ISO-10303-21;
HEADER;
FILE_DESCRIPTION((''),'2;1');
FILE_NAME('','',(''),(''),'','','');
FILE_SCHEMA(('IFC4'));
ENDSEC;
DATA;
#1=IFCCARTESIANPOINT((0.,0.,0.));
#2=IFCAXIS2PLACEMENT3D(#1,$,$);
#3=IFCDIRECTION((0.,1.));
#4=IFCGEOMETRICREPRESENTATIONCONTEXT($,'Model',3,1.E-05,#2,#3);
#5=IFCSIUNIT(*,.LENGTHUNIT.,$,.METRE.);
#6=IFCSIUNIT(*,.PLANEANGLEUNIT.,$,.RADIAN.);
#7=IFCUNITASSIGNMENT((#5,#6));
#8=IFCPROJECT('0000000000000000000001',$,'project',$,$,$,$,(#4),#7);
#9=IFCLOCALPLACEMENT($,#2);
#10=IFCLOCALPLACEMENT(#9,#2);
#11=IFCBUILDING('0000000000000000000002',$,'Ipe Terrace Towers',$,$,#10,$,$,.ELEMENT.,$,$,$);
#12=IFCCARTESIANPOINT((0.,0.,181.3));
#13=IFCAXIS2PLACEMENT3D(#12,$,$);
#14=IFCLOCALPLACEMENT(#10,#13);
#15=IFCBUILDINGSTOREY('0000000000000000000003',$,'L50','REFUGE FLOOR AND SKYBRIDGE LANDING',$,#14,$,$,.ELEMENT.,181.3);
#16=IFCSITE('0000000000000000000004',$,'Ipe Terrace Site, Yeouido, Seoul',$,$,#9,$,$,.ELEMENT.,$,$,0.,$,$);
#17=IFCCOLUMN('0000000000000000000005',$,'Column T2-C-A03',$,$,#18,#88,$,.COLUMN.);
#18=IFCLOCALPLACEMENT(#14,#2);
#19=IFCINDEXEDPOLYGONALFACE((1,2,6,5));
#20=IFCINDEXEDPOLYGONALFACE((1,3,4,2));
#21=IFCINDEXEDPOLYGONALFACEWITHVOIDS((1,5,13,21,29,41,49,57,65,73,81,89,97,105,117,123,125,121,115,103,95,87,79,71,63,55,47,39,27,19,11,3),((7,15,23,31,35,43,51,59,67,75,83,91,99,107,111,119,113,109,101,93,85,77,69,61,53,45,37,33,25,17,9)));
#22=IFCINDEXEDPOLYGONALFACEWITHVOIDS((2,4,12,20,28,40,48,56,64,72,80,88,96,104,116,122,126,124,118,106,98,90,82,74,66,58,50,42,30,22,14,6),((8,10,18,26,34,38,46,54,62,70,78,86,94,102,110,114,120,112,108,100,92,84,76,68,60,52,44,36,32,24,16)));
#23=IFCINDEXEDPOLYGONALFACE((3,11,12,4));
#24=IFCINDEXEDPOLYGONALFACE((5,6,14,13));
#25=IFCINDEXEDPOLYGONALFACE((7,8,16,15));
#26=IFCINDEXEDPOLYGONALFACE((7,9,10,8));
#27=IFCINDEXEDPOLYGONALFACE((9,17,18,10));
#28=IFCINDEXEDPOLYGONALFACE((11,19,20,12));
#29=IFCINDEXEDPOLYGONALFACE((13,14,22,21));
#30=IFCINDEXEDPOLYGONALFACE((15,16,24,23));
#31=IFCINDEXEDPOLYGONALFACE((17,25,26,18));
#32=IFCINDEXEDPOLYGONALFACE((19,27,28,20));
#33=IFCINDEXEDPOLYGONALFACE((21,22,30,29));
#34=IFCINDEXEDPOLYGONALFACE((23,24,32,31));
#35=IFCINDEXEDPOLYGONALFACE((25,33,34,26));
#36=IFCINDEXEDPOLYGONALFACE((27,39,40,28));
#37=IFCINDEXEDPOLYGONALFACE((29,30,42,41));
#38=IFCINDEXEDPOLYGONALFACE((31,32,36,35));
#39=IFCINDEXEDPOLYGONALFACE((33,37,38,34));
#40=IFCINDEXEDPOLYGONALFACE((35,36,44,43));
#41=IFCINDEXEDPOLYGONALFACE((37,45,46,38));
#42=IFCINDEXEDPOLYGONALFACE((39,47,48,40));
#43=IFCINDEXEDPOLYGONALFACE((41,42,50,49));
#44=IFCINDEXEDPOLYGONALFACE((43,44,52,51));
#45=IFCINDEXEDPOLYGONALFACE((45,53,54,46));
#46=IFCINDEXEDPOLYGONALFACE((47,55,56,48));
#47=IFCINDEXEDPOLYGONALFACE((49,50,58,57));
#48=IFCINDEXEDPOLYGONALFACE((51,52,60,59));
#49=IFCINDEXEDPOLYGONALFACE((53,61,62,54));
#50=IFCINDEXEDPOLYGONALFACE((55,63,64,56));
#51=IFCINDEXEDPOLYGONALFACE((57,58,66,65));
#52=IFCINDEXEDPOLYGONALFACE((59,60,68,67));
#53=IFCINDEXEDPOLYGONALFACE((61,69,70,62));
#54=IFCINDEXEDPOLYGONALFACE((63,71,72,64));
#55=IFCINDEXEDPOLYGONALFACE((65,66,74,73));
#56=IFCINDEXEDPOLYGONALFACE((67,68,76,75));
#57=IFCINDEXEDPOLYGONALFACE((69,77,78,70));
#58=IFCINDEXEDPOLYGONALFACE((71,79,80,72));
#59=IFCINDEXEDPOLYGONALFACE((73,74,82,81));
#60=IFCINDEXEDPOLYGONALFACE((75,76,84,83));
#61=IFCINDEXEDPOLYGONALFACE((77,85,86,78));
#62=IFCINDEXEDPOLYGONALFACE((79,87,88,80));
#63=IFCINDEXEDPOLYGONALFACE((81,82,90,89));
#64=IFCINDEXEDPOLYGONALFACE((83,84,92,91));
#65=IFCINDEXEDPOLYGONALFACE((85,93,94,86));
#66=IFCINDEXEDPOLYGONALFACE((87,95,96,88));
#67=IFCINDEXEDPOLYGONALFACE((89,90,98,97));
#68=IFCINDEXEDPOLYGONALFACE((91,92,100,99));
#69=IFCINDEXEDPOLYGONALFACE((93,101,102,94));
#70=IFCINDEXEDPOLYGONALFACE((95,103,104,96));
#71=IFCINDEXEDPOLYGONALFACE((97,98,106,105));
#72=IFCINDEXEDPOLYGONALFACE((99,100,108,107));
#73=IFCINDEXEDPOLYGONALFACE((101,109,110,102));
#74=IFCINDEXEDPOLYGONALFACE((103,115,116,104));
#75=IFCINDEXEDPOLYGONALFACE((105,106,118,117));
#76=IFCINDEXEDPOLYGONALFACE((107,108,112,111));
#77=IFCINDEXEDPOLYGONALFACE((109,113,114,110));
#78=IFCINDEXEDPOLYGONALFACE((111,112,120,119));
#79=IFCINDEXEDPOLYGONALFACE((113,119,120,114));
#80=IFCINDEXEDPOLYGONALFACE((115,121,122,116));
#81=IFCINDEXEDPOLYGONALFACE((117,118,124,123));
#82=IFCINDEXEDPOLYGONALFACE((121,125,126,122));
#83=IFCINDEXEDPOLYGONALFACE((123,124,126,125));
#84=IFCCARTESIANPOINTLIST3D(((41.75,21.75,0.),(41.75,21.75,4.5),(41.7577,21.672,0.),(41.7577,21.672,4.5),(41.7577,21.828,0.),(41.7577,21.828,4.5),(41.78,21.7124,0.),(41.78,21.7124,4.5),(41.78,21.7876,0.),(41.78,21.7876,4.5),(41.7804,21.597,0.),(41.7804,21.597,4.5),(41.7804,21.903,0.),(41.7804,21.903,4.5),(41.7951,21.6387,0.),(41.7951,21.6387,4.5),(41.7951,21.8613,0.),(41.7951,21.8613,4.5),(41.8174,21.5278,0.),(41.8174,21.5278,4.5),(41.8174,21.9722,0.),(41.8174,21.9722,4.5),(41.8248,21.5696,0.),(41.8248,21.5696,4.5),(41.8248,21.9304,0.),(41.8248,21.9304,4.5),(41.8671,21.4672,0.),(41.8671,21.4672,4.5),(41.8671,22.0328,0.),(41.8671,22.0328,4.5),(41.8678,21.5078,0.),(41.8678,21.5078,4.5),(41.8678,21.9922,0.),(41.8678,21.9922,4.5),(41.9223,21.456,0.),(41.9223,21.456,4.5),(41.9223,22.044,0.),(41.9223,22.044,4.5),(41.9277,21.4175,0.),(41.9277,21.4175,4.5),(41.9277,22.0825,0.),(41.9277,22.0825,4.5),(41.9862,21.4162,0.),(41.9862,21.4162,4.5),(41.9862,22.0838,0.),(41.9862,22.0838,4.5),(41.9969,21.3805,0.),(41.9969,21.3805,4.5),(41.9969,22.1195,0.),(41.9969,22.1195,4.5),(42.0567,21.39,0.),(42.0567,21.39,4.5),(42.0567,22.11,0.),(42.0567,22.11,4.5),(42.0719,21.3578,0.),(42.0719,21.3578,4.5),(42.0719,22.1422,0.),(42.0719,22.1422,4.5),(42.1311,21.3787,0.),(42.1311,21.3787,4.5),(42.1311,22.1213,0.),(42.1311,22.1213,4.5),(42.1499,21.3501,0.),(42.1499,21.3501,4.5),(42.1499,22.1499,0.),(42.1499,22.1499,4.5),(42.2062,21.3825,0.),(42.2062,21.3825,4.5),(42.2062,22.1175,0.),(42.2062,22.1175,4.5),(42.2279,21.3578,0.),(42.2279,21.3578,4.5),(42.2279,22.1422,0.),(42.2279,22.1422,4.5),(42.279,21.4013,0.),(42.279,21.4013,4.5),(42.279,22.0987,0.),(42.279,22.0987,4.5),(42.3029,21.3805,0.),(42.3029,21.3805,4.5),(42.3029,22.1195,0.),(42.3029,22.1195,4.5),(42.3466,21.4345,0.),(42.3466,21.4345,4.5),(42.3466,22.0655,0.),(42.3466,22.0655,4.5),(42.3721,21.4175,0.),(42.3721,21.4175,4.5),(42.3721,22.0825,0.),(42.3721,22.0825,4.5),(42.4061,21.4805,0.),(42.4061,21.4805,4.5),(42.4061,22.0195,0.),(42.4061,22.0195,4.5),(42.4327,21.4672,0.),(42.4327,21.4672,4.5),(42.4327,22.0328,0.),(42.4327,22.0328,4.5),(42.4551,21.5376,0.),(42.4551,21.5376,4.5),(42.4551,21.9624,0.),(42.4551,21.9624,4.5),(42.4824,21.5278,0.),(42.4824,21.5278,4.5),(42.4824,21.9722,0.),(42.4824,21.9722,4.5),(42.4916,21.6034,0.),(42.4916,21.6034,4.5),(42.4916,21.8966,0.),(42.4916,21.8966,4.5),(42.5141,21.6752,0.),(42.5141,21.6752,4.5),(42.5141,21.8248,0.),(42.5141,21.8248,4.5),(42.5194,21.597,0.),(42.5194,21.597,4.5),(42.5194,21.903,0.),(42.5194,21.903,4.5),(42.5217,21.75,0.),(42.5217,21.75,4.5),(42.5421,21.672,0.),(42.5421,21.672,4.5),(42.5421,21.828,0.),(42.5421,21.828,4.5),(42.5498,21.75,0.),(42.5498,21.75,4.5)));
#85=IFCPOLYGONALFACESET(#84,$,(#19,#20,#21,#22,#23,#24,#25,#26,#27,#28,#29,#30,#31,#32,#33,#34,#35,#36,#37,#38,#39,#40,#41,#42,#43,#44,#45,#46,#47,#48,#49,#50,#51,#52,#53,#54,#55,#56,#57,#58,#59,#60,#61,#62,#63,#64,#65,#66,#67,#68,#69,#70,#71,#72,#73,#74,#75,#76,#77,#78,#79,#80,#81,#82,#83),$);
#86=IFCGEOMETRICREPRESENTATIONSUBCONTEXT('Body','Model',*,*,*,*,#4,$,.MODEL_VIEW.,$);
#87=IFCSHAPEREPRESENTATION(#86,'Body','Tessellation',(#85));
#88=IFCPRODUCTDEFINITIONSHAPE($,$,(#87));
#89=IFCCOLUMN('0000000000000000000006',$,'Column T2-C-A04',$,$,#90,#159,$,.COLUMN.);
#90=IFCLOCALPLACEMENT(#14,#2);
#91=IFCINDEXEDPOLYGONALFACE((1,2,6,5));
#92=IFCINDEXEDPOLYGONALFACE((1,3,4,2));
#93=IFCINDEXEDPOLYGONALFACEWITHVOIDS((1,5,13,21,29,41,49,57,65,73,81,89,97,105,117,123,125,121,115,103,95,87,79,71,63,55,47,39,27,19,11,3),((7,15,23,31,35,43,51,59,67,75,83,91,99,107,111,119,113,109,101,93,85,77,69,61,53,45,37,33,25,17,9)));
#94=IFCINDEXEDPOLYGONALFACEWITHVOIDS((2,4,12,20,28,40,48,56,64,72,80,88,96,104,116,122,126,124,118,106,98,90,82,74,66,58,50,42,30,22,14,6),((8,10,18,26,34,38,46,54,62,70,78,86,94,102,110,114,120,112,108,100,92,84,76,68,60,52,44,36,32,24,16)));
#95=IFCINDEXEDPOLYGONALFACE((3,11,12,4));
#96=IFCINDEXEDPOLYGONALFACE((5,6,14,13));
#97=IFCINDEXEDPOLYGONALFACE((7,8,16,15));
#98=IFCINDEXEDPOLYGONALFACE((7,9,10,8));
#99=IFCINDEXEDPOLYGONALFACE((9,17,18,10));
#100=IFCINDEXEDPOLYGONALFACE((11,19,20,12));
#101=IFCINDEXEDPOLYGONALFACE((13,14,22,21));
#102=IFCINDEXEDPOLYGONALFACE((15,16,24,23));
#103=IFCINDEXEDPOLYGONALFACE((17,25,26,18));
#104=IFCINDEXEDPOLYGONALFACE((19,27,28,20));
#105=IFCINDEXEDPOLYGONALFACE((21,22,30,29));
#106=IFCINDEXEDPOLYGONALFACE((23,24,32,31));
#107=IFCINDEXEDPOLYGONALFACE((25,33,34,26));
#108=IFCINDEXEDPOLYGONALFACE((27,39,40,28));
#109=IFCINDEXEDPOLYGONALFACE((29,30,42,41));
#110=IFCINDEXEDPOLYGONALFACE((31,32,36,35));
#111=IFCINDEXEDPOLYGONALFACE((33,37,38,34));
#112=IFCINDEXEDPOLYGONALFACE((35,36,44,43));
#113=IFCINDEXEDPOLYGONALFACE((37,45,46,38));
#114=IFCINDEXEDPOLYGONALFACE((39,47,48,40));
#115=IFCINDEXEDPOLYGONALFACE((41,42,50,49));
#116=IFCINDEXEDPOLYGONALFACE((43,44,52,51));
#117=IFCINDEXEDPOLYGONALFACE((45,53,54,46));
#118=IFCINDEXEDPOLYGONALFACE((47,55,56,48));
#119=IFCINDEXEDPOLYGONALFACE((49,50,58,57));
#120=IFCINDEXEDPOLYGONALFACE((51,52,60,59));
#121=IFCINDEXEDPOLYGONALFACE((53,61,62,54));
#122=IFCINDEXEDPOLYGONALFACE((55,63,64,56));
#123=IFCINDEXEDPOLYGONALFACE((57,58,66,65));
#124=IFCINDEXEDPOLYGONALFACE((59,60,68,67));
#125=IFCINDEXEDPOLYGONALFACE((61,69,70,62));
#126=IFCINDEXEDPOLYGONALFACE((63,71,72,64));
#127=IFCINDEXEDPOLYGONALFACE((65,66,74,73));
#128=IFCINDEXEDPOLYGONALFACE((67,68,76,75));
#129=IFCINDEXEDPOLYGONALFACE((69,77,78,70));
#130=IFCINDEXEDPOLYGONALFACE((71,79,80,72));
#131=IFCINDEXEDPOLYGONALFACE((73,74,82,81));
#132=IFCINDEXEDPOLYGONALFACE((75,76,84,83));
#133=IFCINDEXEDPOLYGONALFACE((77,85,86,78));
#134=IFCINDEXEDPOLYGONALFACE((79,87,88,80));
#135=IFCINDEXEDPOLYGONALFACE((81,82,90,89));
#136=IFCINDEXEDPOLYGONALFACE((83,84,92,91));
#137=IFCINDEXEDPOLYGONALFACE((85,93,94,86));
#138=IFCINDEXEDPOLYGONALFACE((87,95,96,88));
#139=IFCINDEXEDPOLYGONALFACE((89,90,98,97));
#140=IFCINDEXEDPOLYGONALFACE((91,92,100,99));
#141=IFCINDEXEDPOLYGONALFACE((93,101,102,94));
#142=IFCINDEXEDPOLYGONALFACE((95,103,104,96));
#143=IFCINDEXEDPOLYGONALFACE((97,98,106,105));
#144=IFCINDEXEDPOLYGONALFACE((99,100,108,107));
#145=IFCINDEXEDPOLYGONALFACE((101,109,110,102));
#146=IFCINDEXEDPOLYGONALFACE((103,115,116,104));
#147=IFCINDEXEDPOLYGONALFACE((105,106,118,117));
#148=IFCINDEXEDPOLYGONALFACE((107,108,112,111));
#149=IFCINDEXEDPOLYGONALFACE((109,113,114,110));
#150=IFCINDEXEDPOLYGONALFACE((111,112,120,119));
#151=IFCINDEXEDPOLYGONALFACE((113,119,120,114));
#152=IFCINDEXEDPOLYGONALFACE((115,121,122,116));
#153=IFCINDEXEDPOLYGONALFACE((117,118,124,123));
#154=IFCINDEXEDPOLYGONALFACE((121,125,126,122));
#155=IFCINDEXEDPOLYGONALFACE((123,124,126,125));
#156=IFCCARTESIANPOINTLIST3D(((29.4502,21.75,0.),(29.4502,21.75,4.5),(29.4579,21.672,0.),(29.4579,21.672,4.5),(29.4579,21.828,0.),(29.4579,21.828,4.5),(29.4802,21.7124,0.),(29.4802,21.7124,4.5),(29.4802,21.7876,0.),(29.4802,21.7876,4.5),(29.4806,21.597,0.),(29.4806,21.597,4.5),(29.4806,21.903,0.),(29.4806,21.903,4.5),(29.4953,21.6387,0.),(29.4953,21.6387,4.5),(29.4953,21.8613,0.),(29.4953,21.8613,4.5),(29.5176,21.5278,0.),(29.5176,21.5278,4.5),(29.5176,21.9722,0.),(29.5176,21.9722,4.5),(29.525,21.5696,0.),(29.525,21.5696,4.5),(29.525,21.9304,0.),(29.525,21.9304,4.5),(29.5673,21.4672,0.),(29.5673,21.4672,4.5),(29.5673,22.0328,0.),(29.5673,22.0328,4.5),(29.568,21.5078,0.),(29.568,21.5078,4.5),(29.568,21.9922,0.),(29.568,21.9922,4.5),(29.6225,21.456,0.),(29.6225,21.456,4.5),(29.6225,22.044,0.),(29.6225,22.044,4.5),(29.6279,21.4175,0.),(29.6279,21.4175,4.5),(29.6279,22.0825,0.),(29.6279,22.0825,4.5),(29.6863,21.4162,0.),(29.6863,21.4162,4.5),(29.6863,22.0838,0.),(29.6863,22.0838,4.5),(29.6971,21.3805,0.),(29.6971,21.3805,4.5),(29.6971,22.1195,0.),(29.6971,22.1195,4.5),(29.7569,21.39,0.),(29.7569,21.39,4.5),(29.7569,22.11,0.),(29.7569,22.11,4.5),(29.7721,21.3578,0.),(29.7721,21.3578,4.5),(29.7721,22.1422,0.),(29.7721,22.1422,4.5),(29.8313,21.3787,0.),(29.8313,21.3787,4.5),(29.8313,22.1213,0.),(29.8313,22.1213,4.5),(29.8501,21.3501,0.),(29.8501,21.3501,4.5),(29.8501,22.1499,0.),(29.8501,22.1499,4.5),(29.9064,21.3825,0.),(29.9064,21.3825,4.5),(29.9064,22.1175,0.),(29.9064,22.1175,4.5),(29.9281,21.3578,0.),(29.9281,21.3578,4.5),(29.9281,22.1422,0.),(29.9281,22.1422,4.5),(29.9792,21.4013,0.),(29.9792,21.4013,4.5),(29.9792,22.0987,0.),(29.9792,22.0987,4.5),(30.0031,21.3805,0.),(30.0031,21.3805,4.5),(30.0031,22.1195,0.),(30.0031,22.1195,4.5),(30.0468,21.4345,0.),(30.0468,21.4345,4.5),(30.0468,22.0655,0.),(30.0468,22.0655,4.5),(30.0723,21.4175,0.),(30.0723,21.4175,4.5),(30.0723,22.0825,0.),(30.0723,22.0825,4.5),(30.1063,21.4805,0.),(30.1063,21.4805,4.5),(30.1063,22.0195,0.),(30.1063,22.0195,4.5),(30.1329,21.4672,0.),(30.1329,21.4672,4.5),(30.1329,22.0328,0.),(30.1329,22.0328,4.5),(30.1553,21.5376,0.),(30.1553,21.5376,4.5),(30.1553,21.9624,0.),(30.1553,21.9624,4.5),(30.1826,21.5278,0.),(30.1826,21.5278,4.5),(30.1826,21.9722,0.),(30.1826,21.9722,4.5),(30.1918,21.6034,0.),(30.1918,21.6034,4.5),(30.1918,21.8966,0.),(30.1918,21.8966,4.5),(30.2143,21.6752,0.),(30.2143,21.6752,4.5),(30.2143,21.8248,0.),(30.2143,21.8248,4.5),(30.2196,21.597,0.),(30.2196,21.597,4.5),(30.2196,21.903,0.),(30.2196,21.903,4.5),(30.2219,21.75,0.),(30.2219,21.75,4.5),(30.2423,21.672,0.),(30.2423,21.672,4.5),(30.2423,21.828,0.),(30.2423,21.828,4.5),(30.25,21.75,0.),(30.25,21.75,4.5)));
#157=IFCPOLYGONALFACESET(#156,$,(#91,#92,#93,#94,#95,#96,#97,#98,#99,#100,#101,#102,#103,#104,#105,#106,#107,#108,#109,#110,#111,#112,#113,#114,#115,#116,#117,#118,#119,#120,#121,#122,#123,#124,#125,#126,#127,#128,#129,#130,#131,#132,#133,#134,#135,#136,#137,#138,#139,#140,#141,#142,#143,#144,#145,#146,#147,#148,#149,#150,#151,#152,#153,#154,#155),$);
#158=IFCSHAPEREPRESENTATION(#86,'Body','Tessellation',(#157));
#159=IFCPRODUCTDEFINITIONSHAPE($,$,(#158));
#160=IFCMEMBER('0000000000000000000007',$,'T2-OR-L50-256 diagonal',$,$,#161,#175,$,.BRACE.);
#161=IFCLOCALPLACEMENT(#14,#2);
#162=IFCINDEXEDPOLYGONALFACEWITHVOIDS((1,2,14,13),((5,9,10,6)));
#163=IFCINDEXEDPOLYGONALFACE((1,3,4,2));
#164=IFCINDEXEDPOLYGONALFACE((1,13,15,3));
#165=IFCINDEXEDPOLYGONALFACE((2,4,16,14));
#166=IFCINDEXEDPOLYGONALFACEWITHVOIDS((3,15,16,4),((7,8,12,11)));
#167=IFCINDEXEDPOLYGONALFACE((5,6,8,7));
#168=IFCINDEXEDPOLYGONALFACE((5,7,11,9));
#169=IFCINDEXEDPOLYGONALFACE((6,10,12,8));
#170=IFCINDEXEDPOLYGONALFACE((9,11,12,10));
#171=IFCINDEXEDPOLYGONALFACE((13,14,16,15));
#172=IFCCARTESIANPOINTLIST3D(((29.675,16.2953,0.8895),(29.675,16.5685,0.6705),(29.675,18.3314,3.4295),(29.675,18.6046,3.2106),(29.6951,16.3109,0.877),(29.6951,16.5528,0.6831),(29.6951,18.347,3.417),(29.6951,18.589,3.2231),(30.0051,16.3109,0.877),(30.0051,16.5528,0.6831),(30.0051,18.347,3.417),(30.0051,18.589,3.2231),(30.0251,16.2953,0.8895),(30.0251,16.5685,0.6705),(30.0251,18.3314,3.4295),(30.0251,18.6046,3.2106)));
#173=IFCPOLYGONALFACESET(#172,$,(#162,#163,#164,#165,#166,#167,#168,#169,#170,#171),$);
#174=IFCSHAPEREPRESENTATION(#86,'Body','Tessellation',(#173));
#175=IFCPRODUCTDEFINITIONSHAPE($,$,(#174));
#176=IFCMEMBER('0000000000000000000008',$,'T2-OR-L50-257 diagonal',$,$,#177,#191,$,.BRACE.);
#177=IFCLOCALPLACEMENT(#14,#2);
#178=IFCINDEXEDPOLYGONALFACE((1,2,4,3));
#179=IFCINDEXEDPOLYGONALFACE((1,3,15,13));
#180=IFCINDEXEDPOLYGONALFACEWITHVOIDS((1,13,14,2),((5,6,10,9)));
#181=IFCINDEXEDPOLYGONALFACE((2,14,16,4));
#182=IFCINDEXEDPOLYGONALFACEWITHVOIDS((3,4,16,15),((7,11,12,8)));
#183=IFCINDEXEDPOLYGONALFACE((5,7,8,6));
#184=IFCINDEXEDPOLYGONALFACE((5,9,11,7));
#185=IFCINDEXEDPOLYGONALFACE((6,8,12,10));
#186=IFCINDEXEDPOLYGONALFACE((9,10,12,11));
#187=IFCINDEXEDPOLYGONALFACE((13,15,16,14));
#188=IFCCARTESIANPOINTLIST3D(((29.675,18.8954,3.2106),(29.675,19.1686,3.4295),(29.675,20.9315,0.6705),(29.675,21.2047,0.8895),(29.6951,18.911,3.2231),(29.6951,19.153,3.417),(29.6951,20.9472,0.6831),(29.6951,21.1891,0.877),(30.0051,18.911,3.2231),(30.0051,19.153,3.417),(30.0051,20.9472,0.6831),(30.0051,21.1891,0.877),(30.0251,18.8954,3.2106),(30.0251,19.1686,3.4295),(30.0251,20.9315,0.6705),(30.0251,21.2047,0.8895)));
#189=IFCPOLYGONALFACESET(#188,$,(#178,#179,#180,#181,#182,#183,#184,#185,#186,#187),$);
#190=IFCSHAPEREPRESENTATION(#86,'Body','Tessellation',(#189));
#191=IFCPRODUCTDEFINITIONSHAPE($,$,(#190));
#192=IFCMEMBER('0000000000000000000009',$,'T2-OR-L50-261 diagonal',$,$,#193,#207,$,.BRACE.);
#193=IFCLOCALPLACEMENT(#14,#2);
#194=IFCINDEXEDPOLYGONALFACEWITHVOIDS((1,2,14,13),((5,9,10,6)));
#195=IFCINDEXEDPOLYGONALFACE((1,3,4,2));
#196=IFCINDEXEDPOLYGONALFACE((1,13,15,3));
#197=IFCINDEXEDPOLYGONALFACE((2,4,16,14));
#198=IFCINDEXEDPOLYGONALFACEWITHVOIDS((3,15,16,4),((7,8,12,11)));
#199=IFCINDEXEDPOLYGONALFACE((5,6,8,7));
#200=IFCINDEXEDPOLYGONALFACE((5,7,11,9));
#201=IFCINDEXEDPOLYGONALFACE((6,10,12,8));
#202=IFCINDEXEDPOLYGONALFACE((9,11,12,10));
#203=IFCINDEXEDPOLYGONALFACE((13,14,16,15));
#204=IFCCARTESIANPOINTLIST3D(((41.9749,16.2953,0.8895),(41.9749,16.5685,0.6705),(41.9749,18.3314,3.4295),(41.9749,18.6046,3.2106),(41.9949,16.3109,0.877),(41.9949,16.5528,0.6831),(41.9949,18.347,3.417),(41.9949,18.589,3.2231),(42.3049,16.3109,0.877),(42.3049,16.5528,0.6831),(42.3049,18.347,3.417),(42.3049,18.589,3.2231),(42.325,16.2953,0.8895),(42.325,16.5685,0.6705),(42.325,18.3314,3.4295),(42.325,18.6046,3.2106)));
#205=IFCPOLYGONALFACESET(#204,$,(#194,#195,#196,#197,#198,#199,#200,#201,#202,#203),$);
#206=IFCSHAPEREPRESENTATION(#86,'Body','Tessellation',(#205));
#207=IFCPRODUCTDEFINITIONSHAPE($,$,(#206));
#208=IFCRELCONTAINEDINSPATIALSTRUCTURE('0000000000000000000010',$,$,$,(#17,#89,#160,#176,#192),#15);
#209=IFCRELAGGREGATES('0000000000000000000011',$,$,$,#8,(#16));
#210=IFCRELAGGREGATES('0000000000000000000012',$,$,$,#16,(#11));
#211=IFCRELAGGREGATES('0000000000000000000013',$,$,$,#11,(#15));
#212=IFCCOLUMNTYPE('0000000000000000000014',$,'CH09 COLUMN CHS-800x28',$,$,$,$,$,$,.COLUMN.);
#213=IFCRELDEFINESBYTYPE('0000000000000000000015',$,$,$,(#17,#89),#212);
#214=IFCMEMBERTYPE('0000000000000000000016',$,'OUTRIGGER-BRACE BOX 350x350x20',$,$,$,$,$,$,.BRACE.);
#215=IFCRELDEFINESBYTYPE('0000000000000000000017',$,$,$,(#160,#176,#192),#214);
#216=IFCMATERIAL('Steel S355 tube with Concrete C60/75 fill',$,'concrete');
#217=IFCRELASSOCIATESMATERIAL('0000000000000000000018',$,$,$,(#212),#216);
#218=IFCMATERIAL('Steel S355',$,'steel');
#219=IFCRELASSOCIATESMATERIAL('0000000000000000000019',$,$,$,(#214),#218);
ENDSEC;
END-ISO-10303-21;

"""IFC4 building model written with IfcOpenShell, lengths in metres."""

from ifc_helpers import new_model, si_unit, direction, frame, origin, origin_2d, place, context, subcontext, project, spatial, hollow_rectangle, hollow_circle, extrude, material, material_profile, profile_set, type_object, element, save


model = new_model("IFC4")

# Units and contexts
model_context = context("Model", 3, precision=1e-05, world=origin(), true_north=direction((0.0, 1.0)))
body_context = subcontext(model_context, "Body", "Model", "MODEL_VIEW")
ifc_project = project(units=[si_unit("LENGTHUNIT", "METRE"), si_unit("PLANEANGLEUNIT", "RADIAN")], contexts=[model_context])

# Site, building, storey
site_placement = place(None, origin())
site = spatial("IfcSite", under=ifc_project, at=site_placement, Name="Ipe Terrace Site, Yeouido, Seoul", CompositionType="ELEMENT", RefElevation=0.0)
building_placement = place(site_placement, origin())
building = spatial("IfcBuilding", under=site, at=building_placement, Name="Ipe Terrace Towers", CompositionType="ELEMENT")
storey_placement = place(building_placement, frame((0.0, 0.0, 181.3)))
storey = spatial("IfcBuildingStorey", under=building, at=storey_placement, Name="L50", Description="REFUGE FLOOR AND SKYBRIDGE LANDING", CompositionType="ELEMENT", Elevation=181.3)

# Columns
ifc_material_1 = material(Name="Steel S355 tube with Concrete C60/75 fill", Category="concrete")
ifc_material_profile_1 = material_profile(ifc_material_1, hollow_circle(Radius=0.3999, WallThickness=0.0281, at=origin_2d()), Name="CHS-800x28")
ifc_profile_set_1 = profile_set([ifc_material_profile_1], Name="Steel S355 tube with Concrete C60/75 fill")
column_type = type_object("IfcColumnType", Name="CH09 COLUMN CHS-800x28", PredefinedType="COLUMN", material=ifc_profile_set_1)
for number, where, z_axis, x_axis, name in (
    (1, (42.1499, 21.75, 0.0), (0.0, 0.0, 1.0), (1.0, 0.0, 0.0), "Column T2-C-A03"),
    (2, (29.8501, 21.75, 0.0), (0.0, 0.0, 1.0), (1.0, 0.0, 0.0), "Column T2-C-A04"),
):
    element("IfcColumn", number, at=place(storey_placement, frame(where, z_axis=z_axis, x_axis=x_axis)), inside=storey, type_object=column_type, Name=name, PredefinedType="COLUMN", context=body_context, shape_type="SweptSolid", body=[
        extrude(hollow_circle(Radius=0.3999, WallThickness=0.0281, at=origin_2d()), origin(), (0.0, 0.0, 1.0), 4.5),
    ])

# Members
ifc_material_2 = material(Name="Steel S355", Category="steel")
ifc_material_profile_2 = material_profile(ifc_material_2, hollow_rectangle(XDim=0.3501, YDim=0.3501, WallThickness=0.02, at=origin_2d()), Name="OUTRIGGER-BRACE BOX 350x350x20")
ifc_profile_set_2 = profile_set([ifc_material_profile_2], Name="Steel S355")
member_type_1 = type_object("IfcMemberType", Name="OUTRIGGER-BRACE BOX 350x350x20", PredefinedType="BRACE", material=ifc_profile_set_2)
for number, where, z_axis, x_axis, name in (
    (3, (29.8501, 16.4319, 0.78), (0.0, 0.625463, 0.780254), (-1.0, 0.0, 0.0), "T2-OR-L50-256 diagonal"),
    (4, (29.8501, 21.0681, 0.78), (0.0, -0.625463, 0.780254), (1.0, 0.0, 0.0), "T2-OR-L50-257 diagonal"),
    (5, (42.1499, 16.4319, 0.78), (0.0, 0.625463, 0.780254), (-1.0, 0.0, 0.0), "T2-OR-L50-261 diagonal"),
):
    element("IfcMember", number, at=place(storey_placement, frame(where, z_axis=z_axis, x_axis=x_axis)), inside=storey, type_object=member_type_1, Name=name, PredefinedType="BRACE", context=body_context, shape_type="SweptSolid", body=[
        extrude(hollow_rectangle(XDim=0.3501, YDim=0.3501, WallThickness=0.02, at=origin_2d()), origin(), (0.0, 0.0, 1.0), 3.2554),
    ])

save(model, "model.ifc")
